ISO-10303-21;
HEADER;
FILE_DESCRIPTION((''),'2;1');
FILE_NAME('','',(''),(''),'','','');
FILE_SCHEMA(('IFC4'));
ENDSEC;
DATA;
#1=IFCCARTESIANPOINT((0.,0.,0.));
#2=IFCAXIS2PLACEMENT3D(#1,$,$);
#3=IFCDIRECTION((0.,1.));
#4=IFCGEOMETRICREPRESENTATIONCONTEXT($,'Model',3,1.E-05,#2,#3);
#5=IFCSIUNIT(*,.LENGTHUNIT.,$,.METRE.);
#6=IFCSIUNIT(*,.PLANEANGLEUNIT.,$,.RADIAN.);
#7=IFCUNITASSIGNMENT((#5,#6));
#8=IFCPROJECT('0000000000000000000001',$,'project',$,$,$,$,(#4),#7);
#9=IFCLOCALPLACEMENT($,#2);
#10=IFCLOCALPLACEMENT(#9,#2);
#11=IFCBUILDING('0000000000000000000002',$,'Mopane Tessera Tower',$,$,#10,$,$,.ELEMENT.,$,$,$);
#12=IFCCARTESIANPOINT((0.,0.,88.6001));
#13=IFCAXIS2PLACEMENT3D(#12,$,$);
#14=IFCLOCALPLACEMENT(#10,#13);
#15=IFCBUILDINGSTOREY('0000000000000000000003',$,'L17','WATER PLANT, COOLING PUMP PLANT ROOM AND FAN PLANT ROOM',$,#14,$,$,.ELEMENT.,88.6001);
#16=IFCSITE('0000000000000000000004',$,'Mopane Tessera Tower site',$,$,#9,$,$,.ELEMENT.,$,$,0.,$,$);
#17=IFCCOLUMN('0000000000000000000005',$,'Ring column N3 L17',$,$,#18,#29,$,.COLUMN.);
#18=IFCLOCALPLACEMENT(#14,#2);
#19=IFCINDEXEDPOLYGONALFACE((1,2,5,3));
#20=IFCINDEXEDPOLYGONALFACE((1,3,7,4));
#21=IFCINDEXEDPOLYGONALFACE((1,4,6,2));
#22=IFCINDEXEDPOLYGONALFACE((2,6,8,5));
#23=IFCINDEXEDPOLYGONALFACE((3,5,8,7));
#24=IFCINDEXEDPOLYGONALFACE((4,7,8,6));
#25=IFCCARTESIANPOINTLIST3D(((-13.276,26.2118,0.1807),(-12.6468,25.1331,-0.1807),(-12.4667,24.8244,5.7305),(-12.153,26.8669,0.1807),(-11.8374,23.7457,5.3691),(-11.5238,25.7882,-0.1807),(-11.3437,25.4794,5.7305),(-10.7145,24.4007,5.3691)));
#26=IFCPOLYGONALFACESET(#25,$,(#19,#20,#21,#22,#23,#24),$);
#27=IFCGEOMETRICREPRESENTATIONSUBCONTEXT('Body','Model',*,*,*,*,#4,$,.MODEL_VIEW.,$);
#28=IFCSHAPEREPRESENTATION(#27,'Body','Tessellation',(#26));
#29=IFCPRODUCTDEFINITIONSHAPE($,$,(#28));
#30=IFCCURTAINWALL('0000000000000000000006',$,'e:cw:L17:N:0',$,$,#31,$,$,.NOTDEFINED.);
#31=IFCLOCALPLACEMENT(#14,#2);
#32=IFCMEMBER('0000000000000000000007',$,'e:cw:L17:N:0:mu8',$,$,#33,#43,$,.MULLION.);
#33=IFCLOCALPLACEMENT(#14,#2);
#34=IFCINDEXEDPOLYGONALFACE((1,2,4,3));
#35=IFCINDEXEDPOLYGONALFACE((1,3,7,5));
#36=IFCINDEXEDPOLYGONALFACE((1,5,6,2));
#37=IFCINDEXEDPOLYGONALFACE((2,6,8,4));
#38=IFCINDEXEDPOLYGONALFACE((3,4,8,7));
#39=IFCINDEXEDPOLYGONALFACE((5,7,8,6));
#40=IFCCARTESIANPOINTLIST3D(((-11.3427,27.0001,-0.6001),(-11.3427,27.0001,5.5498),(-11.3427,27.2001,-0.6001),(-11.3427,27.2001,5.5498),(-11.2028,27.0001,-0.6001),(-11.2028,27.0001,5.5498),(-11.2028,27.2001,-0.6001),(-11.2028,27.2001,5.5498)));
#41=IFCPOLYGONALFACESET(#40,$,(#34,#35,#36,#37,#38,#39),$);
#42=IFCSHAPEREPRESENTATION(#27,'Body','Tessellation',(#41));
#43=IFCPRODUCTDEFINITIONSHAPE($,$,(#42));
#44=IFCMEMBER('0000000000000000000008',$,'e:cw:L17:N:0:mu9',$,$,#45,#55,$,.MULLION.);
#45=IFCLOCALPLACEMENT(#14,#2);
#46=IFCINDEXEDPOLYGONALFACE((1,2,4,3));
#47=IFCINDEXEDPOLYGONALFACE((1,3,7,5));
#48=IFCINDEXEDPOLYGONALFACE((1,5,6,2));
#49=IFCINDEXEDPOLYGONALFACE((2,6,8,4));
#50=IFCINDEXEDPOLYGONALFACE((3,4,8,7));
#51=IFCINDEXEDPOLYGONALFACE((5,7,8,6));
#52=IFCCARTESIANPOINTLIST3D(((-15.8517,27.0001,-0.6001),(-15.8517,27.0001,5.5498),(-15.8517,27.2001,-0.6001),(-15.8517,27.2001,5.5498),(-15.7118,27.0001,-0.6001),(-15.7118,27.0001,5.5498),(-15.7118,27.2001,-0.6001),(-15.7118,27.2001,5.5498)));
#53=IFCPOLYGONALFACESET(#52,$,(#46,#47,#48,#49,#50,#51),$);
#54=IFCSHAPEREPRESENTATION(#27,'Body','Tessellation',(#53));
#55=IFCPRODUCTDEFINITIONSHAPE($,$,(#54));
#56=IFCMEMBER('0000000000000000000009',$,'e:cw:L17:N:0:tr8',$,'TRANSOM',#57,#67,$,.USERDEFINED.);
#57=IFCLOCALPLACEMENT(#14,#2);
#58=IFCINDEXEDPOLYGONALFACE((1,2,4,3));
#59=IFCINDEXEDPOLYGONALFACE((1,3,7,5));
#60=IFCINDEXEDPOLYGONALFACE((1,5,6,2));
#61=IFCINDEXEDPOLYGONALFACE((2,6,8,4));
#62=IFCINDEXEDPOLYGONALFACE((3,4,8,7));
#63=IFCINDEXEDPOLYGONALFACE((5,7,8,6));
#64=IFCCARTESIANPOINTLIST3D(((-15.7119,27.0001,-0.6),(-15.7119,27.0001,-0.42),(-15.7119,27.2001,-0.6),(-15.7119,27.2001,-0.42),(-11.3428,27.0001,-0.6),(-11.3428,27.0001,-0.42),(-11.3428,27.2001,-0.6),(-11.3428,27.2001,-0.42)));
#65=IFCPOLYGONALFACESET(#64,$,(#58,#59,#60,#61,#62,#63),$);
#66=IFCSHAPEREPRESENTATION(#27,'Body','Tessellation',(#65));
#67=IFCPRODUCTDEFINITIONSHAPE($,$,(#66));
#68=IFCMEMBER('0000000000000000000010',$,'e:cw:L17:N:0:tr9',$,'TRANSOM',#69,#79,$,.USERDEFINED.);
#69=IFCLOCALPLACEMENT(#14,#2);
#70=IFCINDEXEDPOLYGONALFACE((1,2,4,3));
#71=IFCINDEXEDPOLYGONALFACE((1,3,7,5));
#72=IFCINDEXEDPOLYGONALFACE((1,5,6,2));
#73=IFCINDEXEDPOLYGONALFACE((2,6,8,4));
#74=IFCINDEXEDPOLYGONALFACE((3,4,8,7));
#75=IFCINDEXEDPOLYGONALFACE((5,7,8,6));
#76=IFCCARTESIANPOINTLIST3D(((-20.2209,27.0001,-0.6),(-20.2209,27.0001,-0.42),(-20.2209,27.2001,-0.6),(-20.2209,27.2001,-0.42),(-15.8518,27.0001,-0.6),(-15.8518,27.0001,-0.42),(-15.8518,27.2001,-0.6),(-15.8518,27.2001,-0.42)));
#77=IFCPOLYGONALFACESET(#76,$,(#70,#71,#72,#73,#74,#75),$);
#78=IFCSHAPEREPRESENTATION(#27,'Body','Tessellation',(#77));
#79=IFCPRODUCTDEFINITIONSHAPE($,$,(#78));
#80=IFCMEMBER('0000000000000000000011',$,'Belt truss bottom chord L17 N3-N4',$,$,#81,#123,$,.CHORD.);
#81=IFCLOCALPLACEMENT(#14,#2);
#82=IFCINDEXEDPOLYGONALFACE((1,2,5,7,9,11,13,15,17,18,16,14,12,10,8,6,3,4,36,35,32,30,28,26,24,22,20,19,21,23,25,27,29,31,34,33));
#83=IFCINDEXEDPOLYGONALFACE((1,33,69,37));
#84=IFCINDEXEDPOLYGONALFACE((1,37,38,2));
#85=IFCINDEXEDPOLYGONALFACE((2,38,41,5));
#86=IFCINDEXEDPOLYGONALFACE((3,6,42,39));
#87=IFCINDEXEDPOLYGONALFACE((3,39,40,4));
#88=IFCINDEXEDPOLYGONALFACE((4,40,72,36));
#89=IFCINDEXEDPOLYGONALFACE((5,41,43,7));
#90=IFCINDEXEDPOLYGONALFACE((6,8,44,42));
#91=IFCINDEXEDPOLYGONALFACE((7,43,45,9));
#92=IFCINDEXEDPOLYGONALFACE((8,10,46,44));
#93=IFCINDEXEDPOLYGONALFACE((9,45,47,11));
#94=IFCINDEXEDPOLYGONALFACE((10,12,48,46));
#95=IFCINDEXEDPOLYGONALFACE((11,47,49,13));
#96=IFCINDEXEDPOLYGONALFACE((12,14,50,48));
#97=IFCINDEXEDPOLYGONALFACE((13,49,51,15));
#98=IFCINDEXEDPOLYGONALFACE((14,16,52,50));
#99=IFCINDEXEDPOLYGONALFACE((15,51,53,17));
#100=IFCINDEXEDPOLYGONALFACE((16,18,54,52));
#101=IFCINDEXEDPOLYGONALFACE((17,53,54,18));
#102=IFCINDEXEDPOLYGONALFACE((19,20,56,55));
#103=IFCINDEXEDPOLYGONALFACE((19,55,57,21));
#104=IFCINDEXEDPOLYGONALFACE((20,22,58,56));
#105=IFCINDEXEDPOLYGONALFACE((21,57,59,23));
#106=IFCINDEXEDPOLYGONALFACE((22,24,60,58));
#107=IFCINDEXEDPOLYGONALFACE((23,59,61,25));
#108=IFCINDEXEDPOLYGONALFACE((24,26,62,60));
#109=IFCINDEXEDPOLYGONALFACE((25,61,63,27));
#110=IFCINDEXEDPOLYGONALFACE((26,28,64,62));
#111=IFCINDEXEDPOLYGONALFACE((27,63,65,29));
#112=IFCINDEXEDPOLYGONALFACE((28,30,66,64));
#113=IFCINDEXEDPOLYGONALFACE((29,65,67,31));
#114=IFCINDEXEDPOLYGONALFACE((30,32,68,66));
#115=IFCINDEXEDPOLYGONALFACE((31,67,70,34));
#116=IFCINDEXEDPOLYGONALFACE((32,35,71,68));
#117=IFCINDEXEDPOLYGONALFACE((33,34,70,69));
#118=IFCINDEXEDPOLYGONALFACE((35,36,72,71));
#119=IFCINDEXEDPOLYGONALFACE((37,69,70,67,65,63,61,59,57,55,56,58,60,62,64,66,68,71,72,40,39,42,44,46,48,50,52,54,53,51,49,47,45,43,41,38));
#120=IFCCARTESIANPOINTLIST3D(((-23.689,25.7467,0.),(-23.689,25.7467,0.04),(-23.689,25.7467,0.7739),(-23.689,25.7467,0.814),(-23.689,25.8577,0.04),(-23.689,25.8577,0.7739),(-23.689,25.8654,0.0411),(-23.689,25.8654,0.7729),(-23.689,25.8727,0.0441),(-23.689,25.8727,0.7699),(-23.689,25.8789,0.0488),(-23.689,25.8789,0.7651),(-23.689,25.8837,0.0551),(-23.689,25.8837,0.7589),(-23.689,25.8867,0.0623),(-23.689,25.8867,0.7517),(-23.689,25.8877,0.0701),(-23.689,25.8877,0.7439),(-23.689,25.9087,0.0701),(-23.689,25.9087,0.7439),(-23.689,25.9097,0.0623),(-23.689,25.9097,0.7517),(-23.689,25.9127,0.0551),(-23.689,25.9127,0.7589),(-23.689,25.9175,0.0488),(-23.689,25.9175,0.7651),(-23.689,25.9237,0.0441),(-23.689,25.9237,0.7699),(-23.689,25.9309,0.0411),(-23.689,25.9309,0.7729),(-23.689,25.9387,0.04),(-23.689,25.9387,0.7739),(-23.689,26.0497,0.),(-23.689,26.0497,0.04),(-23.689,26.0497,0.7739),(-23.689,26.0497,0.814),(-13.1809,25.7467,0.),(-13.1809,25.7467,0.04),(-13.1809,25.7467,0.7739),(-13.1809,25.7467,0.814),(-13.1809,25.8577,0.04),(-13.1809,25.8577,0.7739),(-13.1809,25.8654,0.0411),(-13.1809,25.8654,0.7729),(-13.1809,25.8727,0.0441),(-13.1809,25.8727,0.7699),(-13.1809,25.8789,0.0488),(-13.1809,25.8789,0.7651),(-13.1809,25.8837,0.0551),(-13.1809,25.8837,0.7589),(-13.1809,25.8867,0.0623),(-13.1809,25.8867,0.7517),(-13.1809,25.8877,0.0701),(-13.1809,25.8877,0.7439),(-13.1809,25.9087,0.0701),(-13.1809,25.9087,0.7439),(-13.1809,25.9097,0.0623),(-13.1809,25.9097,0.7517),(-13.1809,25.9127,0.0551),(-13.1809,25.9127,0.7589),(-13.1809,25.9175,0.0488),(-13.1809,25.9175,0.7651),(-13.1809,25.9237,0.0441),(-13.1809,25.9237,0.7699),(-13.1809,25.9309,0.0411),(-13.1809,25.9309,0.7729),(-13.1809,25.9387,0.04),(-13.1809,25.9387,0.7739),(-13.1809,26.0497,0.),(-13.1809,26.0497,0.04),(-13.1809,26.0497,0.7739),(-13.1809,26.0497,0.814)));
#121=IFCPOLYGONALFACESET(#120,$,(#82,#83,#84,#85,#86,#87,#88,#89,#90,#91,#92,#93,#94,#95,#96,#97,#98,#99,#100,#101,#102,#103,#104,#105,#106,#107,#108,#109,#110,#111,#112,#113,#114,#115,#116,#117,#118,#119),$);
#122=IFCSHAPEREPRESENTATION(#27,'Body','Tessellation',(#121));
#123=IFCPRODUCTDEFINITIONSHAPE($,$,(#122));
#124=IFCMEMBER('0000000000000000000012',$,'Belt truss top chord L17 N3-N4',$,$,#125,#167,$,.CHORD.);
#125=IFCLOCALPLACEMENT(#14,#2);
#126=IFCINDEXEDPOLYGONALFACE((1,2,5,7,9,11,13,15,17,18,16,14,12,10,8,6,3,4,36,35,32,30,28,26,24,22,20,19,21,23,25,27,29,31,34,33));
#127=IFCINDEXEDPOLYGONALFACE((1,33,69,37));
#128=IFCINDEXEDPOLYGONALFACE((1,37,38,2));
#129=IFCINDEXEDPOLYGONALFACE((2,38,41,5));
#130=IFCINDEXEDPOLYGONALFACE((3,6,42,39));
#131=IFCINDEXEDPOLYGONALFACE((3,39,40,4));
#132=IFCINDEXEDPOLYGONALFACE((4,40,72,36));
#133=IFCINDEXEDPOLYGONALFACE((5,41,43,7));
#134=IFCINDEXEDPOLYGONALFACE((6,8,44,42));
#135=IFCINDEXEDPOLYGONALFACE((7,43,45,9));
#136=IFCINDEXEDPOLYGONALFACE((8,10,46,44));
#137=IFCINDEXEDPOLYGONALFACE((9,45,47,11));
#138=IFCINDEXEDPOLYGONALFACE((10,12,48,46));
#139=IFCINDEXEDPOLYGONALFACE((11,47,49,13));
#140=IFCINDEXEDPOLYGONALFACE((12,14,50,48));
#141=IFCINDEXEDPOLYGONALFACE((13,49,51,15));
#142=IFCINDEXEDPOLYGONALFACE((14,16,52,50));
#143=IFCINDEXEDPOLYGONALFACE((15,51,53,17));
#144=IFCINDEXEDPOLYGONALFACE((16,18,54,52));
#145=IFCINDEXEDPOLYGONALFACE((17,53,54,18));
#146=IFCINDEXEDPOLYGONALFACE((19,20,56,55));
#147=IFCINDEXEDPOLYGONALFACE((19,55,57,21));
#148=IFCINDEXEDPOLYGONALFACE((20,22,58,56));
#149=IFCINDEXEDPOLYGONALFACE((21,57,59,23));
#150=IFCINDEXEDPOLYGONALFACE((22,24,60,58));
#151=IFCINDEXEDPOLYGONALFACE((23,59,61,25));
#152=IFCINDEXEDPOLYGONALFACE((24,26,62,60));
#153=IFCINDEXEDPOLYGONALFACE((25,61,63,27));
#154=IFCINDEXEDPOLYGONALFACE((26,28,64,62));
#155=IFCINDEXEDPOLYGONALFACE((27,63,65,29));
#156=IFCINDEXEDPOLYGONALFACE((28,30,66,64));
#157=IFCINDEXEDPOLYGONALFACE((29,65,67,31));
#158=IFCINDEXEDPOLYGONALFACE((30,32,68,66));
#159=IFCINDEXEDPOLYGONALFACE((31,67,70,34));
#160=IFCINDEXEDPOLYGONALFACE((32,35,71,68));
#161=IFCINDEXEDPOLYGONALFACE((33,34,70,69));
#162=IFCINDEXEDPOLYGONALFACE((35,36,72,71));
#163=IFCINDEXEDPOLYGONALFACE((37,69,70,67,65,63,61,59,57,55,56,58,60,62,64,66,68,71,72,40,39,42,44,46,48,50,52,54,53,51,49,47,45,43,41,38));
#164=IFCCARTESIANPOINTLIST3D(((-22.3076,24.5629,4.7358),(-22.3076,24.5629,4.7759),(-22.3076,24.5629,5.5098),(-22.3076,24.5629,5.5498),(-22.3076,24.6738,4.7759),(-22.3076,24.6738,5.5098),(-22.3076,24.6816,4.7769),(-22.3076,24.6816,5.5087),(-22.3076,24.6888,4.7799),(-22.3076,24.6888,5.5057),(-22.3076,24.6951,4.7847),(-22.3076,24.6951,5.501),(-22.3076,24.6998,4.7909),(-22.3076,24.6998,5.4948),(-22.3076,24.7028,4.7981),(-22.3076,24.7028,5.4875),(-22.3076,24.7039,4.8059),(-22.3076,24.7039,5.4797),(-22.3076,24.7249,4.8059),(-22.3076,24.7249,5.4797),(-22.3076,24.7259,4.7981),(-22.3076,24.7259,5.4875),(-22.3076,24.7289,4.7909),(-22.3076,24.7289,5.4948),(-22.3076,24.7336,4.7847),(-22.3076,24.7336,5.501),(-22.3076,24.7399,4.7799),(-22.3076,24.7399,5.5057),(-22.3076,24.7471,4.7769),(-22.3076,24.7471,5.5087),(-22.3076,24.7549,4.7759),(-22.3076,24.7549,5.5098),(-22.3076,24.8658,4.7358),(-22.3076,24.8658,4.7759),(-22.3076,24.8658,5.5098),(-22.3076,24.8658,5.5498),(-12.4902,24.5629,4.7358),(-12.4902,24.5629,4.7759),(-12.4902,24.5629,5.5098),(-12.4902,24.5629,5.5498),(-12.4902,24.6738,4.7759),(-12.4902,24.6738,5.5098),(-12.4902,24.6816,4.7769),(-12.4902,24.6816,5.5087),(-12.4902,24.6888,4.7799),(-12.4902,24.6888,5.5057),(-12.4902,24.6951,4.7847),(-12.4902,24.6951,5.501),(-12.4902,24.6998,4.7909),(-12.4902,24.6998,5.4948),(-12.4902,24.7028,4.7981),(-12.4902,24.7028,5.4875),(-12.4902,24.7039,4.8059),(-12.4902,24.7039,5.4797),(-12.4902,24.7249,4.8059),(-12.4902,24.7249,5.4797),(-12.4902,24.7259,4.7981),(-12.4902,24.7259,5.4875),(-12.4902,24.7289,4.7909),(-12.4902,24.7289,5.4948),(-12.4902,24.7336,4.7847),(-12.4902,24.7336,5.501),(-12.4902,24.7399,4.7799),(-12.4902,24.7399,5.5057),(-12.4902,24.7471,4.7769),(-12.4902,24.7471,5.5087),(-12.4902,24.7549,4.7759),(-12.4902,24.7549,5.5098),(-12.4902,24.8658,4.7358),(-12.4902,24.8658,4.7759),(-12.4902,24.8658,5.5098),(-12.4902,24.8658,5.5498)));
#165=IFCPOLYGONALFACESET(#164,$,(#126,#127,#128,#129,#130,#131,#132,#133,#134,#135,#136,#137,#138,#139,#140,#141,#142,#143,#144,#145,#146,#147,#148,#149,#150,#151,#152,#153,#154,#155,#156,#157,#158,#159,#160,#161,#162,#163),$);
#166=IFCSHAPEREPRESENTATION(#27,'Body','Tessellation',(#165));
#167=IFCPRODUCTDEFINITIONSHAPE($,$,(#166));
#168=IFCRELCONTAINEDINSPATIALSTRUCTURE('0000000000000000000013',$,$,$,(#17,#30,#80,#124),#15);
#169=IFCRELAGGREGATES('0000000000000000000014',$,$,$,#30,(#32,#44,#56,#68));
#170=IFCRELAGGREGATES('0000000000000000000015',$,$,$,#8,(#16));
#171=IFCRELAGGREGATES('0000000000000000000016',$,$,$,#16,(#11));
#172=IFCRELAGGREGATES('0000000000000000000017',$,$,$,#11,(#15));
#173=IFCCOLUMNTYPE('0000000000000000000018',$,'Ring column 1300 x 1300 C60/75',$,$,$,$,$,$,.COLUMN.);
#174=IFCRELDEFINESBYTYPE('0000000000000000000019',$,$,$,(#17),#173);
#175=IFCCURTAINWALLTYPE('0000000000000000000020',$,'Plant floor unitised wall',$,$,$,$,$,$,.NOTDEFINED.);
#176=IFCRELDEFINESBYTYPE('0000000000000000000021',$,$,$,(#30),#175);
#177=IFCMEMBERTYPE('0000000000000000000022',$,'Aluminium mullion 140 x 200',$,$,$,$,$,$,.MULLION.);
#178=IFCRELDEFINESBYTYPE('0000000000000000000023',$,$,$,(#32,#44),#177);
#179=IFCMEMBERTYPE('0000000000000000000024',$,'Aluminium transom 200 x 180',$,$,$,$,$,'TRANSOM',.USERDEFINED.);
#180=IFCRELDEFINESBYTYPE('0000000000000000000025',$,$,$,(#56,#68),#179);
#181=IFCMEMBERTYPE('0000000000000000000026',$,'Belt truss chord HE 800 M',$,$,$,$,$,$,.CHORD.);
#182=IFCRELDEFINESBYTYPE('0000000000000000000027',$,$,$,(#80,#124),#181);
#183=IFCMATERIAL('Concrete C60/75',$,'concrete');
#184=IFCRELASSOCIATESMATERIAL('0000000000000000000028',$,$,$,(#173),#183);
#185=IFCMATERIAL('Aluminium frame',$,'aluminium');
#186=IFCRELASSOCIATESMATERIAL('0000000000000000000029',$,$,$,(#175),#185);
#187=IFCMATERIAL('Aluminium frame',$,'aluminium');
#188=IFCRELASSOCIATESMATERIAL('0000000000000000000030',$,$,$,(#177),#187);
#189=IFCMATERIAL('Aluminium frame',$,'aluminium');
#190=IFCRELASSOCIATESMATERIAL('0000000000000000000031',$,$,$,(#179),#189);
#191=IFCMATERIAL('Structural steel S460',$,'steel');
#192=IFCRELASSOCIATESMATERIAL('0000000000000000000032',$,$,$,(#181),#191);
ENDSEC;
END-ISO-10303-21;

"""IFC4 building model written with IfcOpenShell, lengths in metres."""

from ifc_helpers import new_model, si_unit, direction, frame, origin, origin_2d, place, context, subcontext, project, spatial, rectangle, i_section, extrude, material, material_profile, profile_set, type_object, element, aggregate, save


model = new_model("IFC4")

# Units and contexts
model_context = context("Model", 3, precision=1e-05, world=origin(), true_north=direction((0.0, 1.0)))
body_context = subcontext(model_context, "Body", "Model", "MODEL_VIEW")
ifc_project = project(units=[si_unit("LENGTHUNIT", "METRE"), si_unit("PLANEANGLEUNIT", "RADIAN")], contexts=[model_context])

# Site, building, storey
site_placement = place(None, origin())
site = spatial("IfcSite", under=ifc_project, at=site_placement, Name="Mopane Tessera Tower site", CompositionType="ELEMENT", RefElevation=0.0)
building_placement = place(site_placement, origin())
building = spatial("IfcBuilding", under=site, at=building_placement, Name="Mopane Tessera Tower", CompositionType="ELEMENT")
storey_placement = place(building_placement, frame((0.0, 0.0, 88.6001)))
storey = spatial("IfcBuildingStorey", under=building, at=storey_placement, Name="L17", Description="WATER PLANT, COOLING PUMP PLANT ROOM AND FAN PLANT ROOM", CompositionType="ELEMENT", Elevation=88.6001)

# Column
ifc_material_1 = material(Name="Concrete C60/75", Category="concrete")
ifc_material_profile_1 = material_profile(ifc_material_1, rectangle(XDim=1.3, YDim=1.3, at=origin_2d()))
ifc_profile_set_1 = profile_set([ifc_material_profile_1], Name="Concrete C60/75")
column_type = type_object("IfcColumnType", Name="Ring column 1300 x 1300 C60/75", PredefinedType="COLUMN", material=ifc_profile_set_1)
column_placement = place(storey_placement, frame((-12.3999, 26.0, 0.0), z_axis=(0.140081, -0.240144, 0.960577), x_axis=(0.863784, 0.503862, 0.0)))
element("IfcColumn", 1, at=column_placement, inside=storey, type_object=column_type, Name="Ring column N3 L17", PredefinedType="COLUMN", context=body_context, shape_type="SweptSolid", body=[
    extrude(rectangle(XDim=1.3, YDim=1.3, at=origin_2d()), origin(), (0.0, 0.0, 1.0), 5.7776),
])

# Curtain wall, members
ifc_material_2 = material(Name="Aluminium frame", Category="aluminium")
curtain_wall_type = type_object("IfcCurtainWallType", Name="Plant floor unitised wall", PredefinedType="NOTDEFINED", material=ifc_material_2)
curtain_wall_placement = place(storey_placement, origin())
curtain_wall = element("IfcCurtainWall", 2, at=curtain_wall_placement, inside=storey, type_object=curtain_wall_type, Name="e:cw:L17:N:0", PredefinedType="NOTDEFINED")
ifc_material_3 = material(Name="Aluminium frame", Category="aluminium")
ifc_material_profile_2 = material_profile(ifc_material_3, rectangle(XDim=0.1399, YDim=0.2, at=origin_2d()))
ifc_profile_set_2 = profile_set([ifc_material_profile_2], Name="Aluminium frame")
member_type_1 = type_object("IfcMemberType", Name="Aluminium mullion 140 x 200", PredefinedType="MULLION", material=ifc_profile_set_2)
member_1_placement = place(storey_placement, frame((-11.2727, 27.1001, -0.6001), z_axis=(0.0, 0.0, 1.0), x_axis=(-1.0, 0.0, 0.0)))
member_1 = element("IfcMember", 3, at=member_1_placement, type_object=member_type_1, Name="e:cw:L17:N:0:mu8", PredefinedType="MULLION", context=body_context, shape_type="SweptSolid", body=[
    extrude(rectangle(XDim=0.1399, YDim=0.2, at=origin_2d()), origin(), (0.0, 0.0, 1.0), 6.1499),
])
member_2_placement = place(storey_placement, frame((-15.7817, 27.1001, -0.6001), z_axis=(0.0, 0.0, 1.0), x_axis=(-1.0, 0.0, 0.0)))
member_2 = element("IfcMember", 4, at=member_2_placement, type_object=member_type_1, Name="e:cw:L17:N:0:mu9", PredefinedType="MULLION", context=body_context, shape_type="SweptSolid", body=[
    extrude(rectangle(XDim=0.1399, YDim=0.2, at=origin_2d()), origin(), (0.0, 0.0, 1.0), 6.1499),
])
ifc_material_4 = material(Name="Aluminium frame", Category="aluminium")
ifc_material_profile_3 = material_profile(ifc_material_4, rectangle(XDim=0.2, YDim=0.1799, at=origin_2d()))
ifc_profile_set_3 = profile_set([ifc_material_profile_3], Name="Aluminium frame")
member_type_2 = type_object("IfcMemberType", Name="Aluminium transom 200 x 180", ElementType="TRANSOM", PredefinedType="USERDEFINED", material=ifc_profile_set_3)
member_3_placement = place(storey_placement, frame((-11.3428, 27.1001, -0.51), z_axis=(-1.0, 0.0, 0.0), x_axis=(0.0, -1.0, 0.0)))
member_3 = element("IfcMember", 5, at=member_3_placement, type_object=member_type_2, Name="e:cw:L17:N:0:tr8", ObjectType="TRANSOM", PredefinedType="USERDEFINED", context=body_context, shape_type="SweptSolid", body=[
    extrude(rectangle(XDim=0.2, YDim=0.1799, at=origin_2d()), origin(), (0.0, 0.0, 1.0), 4.3691),
])
member_4_placement = place(storey_placement, frame((-15.8518, 27.1001, -0.51), z_axis=(-1.0, 0.0, 0.0), x_axis=(0.0, -1.0, 0.0)))
member_4 = element("IfcMember", 6, at=member_4_placement, type_object=member_type_2, Name="e:cw:L17:N:0:tr9", ObjectType="TRANSOM", PredefinedType="USERDEFINED", context=body_context, shape_type="SweptSolid", body=[
    extrude(rectangle(XDim=0.2, YDim=0.1799, at=origin_2d()), origin(), (0.0, 0.0, 1.0), 4.3691),
])

# Members
ifc_material_5 = material(Name="Structural steel S460", Category="steel")
ifc_material_profile_4 = material_profile(ifc_material_5, i_section(OverallWidth=0.303, OverallDepth=0.814, WebThickness=0.021, FlangeThickness=0.04, FilletRadius=0.03, at=origin_2d()))
ifc_profile_set_4 = profile_set([ifc_material_profile_4], Name="Structural steel S460")
member_type_3 = type_object("IfcMemberType", Name="Belt truss chord HE 800 M", PredefinedType="CHORD", material=ifc_profile_set_4)
member_5_placement = place(storey_placement, frame((-13.1809, 25.8982, 0.407), z_axis=(-1.0, 0.0, 0.0), x_axis=(0.0, -1.0, 0.0)))
element("IfcMember", 7, at=member_5_placement, inside=storey, type_object=member_type_3, Name="Belt truss bottom chord L17 N3-N4", PredefinedType="CHORD", context=body_context, shape_type="SweptSolid", body=[
    extrude(i_section(OverallWidth=0.303, OverallDepth=0.814, WebThickness=0.021, FlangeThickness=0.04, FilletRadius=0.03, at=origin_2d()), origin(), (0.0, 0.0, 1.0), 10.5081),
])
member_6_placement = place(storey_placement, frame((-12.4902, 24.7144, 5.1428), z_axis=(-1.0, 0.0, 0.0), x_axis=(0.0, -1.0, 0.0)))
element("IfcMember", 8, at=member_6_placement, inside=storey, type_object=member_type_3, Name="Belt truss top chord L17 N3-N4", PredefinedType="CHORD", context=body_context, shape_type="SweptSolid", body=[
    extrude(i_section(OverallWidth=0.303, OverallDepth=0.814, WebThickness=0.021, FlangeThickness=0.04, FilletRadius=0.03, at=origin_2d()), origin(), (0.0, 0.0, 1.0), 9.8174),
])

aggregate(curtain_wall, [member_1, member_2, member_3, member_4])

save(model, "model.ifc")
